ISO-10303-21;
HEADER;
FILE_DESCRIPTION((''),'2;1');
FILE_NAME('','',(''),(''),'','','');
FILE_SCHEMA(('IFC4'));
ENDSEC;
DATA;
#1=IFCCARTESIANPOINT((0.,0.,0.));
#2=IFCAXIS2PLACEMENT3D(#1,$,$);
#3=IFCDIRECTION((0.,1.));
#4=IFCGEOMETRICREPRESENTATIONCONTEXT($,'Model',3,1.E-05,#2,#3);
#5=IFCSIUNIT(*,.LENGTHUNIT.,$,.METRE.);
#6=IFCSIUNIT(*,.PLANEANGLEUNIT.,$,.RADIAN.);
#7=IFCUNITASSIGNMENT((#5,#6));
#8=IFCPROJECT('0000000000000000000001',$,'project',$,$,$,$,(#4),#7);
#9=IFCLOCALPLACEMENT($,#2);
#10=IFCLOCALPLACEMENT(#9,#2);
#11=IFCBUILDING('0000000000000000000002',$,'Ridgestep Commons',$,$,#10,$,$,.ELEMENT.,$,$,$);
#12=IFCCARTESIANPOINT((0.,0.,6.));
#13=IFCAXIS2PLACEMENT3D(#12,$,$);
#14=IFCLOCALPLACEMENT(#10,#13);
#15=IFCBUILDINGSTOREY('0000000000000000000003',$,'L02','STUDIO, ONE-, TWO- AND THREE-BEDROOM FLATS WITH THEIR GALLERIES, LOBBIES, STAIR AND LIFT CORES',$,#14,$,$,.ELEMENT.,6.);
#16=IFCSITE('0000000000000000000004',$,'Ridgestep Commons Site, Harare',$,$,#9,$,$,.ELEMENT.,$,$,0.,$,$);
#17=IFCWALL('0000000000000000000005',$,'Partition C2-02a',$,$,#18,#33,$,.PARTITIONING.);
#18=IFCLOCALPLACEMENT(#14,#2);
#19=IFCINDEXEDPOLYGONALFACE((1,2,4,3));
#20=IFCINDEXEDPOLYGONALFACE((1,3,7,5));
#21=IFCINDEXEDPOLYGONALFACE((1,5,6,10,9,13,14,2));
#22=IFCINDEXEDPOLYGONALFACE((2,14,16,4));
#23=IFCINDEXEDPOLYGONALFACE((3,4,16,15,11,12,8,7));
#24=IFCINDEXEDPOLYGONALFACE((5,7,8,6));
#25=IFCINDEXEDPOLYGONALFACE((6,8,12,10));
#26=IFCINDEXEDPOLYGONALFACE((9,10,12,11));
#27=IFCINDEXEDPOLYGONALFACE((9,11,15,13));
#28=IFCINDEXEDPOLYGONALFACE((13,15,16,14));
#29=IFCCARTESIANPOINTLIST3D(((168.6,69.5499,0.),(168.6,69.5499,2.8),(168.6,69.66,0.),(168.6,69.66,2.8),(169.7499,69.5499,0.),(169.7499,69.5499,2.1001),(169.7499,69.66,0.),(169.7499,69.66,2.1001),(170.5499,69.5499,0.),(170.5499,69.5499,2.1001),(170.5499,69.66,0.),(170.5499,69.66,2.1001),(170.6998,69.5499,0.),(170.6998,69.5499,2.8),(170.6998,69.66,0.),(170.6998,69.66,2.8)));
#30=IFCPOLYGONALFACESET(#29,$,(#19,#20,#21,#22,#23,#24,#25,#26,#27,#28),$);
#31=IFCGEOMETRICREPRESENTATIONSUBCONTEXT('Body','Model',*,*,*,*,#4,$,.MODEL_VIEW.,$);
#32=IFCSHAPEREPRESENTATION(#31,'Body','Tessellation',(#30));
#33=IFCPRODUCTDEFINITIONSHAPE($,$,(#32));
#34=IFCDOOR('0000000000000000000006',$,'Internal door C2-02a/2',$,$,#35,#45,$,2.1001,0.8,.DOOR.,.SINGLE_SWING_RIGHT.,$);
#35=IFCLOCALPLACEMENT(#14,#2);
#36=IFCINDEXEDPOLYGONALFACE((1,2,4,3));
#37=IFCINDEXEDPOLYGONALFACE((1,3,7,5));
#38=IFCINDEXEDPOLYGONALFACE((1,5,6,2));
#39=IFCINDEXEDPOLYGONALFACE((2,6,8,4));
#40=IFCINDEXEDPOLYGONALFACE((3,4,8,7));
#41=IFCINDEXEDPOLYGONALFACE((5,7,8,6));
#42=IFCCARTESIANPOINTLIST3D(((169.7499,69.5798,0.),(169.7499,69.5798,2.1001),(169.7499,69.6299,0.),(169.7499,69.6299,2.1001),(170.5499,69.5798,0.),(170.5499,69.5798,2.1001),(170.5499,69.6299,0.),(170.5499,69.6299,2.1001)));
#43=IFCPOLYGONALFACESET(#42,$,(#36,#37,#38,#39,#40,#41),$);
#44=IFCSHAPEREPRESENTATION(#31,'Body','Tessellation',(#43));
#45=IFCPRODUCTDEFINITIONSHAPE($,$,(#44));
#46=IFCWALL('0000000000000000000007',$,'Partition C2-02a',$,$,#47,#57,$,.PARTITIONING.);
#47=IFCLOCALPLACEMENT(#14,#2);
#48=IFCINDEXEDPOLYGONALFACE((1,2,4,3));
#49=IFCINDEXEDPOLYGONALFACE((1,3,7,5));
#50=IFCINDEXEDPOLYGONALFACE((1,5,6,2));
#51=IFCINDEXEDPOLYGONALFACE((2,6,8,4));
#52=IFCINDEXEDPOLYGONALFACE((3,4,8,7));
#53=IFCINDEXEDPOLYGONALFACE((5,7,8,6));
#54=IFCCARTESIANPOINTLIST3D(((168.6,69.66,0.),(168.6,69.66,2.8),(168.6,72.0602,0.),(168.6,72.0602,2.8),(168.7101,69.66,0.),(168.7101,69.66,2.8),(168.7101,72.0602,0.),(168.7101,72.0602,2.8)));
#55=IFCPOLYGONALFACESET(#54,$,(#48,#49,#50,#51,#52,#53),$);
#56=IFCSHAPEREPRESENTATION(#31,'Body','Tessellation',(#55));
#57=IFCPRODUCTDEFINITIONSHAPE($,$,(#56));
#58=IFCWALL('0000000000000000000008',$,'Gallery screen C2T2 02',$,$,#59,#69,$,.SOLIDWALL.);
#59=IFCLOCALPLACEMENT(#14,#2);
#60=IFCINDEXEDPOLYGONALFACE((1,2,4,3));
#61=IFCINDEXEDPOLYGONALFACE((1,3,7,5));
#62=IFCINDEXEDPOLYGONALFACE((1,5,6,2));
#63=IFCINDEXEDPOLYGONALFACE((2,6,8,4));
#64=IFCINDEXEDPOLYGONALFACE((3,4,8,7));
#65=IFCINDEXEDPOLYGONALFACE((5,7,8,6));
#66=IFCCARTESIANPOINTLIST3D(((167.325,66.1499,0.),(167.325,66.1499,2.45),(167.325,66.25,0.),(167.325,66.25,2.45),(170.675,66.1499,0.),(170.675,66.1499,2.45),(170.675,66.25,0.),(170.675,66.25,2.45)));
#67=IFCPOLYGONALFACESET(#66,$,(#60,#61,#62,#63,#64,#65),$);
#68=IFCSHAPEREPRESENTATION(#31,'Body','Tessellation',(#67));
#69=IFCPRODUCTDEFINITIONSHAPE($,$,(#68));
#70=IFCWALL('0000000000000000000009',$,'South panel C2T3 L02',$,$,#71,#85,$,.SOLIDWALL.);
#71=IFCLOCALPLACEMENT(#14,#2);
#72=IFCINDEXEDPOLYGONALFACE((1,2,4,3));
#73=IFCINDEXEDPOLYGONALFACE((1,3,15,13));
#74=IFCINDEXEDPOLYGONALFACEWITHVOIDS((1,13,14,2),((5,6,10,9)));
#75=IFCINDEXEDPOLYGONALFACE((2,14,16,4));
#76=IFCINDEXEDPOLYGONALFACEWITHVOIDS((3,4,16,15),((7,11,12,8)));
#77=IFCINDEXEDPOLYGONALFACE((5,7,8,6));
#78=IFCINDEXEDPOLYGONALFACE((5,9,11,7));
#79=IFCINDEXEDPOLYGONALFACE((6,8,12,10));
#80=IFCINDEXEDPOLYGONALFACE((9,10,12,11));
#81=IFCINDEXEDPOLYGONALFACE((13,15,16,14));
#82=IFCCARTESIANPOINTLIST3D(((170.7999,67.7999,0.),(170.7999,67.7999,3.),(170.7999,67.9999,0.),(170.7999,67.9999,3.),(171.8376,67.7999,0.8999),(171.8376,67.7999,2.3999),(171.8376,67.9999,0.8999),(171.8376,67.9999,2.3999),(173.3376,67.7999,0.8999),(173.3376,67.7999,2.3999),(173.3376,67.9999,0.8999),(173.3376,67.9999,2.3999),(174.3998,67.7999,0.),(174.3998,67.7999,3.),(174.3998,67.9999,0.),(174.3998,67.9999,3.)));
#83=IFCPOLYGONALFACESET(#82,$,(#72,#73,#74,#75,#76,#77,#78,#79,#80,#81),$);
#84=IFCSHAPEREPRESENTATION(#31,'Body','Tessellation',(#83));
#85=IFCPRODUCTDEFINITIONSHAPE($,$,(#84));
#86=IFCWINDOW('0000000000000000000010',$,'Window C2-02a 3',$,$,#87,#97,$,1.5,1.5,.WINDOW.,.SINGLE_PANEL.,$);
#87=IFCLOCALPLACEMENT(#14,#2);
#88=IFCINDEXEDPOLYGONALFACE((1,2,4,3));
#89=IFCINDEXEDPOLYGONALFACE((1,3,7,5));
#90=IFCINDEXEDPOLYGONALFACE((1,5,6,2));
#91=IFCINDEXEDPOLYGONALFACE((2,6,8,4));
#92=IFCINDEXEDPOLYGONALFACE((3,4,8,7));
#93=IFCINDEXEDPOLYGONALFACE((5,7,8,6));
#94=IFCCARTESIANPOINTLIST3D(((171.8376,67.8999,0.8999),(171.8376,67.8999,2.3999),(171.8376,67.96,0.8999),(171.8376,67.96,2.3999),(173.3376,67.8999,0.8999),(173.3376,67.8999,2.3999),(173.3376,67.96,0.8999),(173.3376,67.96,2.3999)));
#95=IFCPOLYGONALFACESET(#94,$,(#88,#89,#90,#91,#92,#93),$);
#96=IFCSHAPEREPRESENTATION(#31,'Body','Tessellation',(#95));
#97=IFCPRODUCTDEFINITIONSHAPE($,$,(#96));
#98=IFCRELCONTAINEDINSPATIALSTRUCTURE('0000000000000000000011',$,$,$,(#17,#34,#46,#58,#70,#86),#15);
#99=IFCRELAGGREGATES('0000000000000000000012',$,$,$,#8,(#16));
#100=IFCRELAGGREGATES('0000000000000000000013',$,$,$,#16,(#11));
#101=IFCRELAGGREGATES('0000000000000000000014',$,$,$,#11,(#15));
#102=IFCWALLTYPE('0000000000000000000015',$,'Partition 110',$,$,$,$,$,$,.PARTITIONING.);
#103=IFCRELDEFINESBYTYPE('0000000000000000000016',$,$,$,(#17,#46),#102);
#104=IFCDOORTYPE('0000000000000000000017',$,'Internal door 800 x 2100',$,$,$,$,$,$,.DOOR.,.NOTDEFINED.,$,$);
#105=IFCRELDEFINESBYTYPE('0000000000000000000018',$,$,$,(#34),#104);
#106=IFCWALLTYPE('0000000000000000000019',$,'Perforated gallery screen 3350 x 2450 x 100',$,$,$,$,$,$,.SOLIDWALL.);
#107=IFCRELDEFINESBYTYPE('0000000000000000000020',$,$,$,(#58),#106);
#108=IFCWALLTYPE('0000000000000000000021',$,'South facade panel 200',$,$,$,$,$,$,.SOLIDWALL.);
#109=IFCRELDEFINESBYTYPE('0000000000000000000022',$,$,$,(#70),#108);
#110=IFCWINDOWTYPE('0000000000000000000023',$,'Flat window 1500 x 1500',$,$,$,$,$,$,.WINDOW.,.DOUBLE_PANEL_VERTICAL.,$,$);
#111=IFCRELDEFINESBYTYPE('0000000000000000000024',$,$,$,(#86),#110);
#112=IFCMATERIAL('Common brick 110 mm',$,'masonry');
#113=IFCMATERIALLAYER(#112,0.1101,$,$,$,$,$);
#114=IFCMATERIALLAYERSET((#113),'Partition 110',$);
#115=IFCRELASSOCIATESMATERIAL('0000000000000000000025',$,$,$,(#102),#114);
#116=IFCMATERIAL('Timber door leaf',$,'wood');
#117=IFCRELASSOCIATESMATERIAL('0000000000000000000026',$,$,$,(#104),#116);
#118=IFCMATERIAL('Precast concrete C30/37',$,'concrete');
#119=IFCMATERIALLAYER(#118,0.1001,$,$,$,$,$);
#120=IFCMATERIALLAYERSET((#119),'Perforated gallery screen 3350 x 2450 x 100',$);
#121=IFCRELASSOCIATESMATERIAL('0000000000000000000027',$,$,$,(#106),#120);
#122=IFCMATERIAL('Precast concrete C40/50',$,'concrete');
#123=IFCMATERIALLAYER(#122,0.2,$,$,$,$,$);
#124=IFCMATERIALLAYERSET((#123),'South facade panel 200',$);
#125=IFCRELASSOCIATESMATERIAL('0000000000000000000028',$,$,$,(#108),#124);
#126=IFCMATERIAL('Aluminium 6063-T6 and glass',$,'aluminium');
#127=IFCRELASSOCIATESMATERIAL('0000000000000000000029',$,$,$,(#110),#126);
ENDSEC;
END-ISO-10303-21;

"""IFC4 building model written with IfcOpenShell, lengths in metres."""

from ifc_helpers import new_model, si_unit, direction, frame, frame_2d, origin, place, context, subcontext, project, spatial, rectangle, extrude, material, layer, layer_set, type_object, element, fill, save


model = new_model("IFC4")

# Units and contexts
model_context = context("Model", 3, precision=1e-05, world=origin(), true_north=direction((0.0, 1.0)))
body_context = subcontext(model_context, "Body", "Model", "MODEL_VIEW")
ifc_project = project(units=[si_unit("LENGTHUNIT", "METRE"), si_unit("PLANEANGLEUNIT", "RADIAN")], contexts=[model_context])

# Site, building, storey
site_placement = place(None, origin())
site = spatial("IfcSite", under=ifc_project, at=site_placement, Name="Ridgestep Commons Site, Harare", CompositionType="ELEMENT", RefElevation=0.0)
building_placement = place(site_placement, origin())
building = spatial("IfcBuilding", under=site, at=building_placement, Name="Ridgestep Commons", CompositionType="ELEMENT")
storey_placement = place(building_placement, frame((0.0, 0.0, 6.0)))
storey = spatial("IfcBuildingStorey", under=building, at=storey_placement, Name="L02", Description="STUDIO, ONE-, TWO- AND THREE-BEDROOM FLATS WITH THEIR GALLERIES, LOBBIES, STAIR AND LIFT CORES", CompositionType="ELEMENT", Elevation=6.0)

# Wall, opening, door
ifc_material_1 = material(Name="Common brick 110 mm", Category="masonry")
ifc_layer_1 = layer(ifc_material_1, 0.1101)
ifc_layer_set_1 = layer_set([ifc_layer_1], Name="Partition 110")
wall_type_1 = type_object("IfcWallType", Name="Partition 110", PredefinedType="PARTITIONING", material=ifc_layer_set_1)
wall_1_placement = place(storey_placement, frame((168.6001, 69.605, 0.0), z_axis=(0.0, 0.0, 1.0), x_axis=(1.0, 0.0, 0.0)))
wall_1 = element("IfcWall", 1, at=wall_1_placement, inside=storey, type_object=wall_type_1, Name="Partition C2-02a", PredefinedType="PARTITIONING", context=body_context, shape_type="SweptSolid", body=[
    extrude(rectangle(XDim=2.0999, YDim=0.1101, at=frame_2d((1.0498, 0.0))), origin(), (0.0, 0.0, 1.0), 2.8),
])
opening_1_placement = place(wall_1_placement, frame((1.1499, 0.0, 0.0)))
opening_1 = element("IfcOpeningElement", 2, at=opening_1_placement, cuts=wall_1, PredefinedType="OPENING", context=body_context, shape_type="SweptSolid", body=[
    extrude(rectangle(XDim=0.8, YDim=2.1001, at=frame_2d((0.3999, 1.05))), frame((0.0, 0.0649, 0.0), z_axis=(0.0, -1.0, 0.0), x_axis=(1.0, 0.0, 0.0)), (0.0, 0.0, 1.0), 0.1301),
])
ifc_material_2 = material(Name="Timber door leaf", Category="wood")
door_type_1 = type_object("IfcDoorType", Name="Internal door 800 x 2100", OperationType="NOTDEFINED", PredefinedType="DOOR", material=ifc_material_2)
door_1_placement = place(opening_1_placement, origin())
door_1 = element("IfcDoor", 3, at=door_1_placement, inside=storey, type_object=door_type_1, Name="Internal door C2-02a/2", OperationType="SINGLE_SWING_RIGHT", OverallHeight=2.1001, OverallWidth=0.8, PredefinedType="DOOR", context=body_context, shape_type="SweptSolid", body=[
    extrude(rectangle(XDim=0.8, YDim=2.1001, at=frame_2d((0.3999, 1.05))), frame((0.0, 0.0249, 0.0), z_axis=(0.0, -1.0, 0.0), x_axis=(1.0, 0.0, 0.0)), (0.0, 0.0, 1.0), 0.05),
])
fill(opening_1, door_1)

# Walls
wall_2_placement = place(storey_placement, frame((168.655, 69.6599, 0.0), z_axis=(0.0, 0.0, 1.0), x_axis=(0.0, 1.0, 0.0)))
element("IfcWall", 4, at=wall_2_placement, inside=storey, type_object=wall_type_1, Name="Partition C2-02a", PredefinedType="PARTITIONING", context=body_context, shape_type="SweptSolid", body=[
    extrude(rectangle(XDim=2.4001, YDim=0.1101, at=frame_2d((1.2002, 0.0))), origin(), (0.0, 0.0, 1.0), 2.8),
])
ifc_material_3 = material(Name="Precast concrete C30/37", Category="concrete")
ifc_layer_2 = layer(ifc_material_3, 0.1001)
ifc_layer_set_2 = layer_set([ifc_layer_2], Name="Perforated gallery screen 3350 x 2450 x 100")
wall_type_2 = type_object("IfcWallType", Name="Perforated gallery screen 3350 x 2450 x 100", PredefinedType="SOLIDWALL", material=ifc_layer_set_2)
wall_3_placement = place(storey_placement, frame((167.325, 66.2, 0.0), z_axis=(0.0, 0.0, 1.0), x_axis=(1.0, 0.0, 0.0)))
element("IfcWall", 5, at=wall_3_placement, inside=storey, type_object=wall_type_2, Name="Gallery screen C2T2 02", PredefinedType="SOLIDWALL", context=body_context, shape_type="SweptSolid", body=[
    extrude(rectangle(XDim=3.3501, YDim=0.1001, at=frame_2d((1.675, 0.0))), origin(), (0.0, 0.0, 1.0), 2.45),
])

# Wall, opening, window
ifc_material_4 = material(Name="Precast concrete C40/50", Category="concrete")
ifc_layer_3 = layer(ifc_material_4, 0.2)
ifc_layer_set_3 = layer_set([ifc_layer_3], Name="South facade panel 200")
wall_type_3 = type_object("IfcWallType", Name="South facade panel 200", PredefinedType="SOLIDWALL", material=ifc_layer_set_3)
wall_4_placement = place(storey_placement, frame((170.8, 67.8999, 0.0), z_axis=(0.0, 0.0, 1.0), x_axis=(1.0, 0.0, 0.0)))
wall_4 = element("IfcWall", 6, at=wall_4_placement, inside=storey, type_object=wall_type_3, Name="South panel C2T3 L02", PredefinedType="SOLIDWALL", context=body_context, shape_type="SweptSolid", body=[
    extrude(rectangle(XDim=3.5999, YDim=0.2, at=frame_2d((1.7998, 0.0))), origin(), (0.0, 0.0, 1.0), 3.0),
])
opening_2_placement = place(wall_4_placement, frame((1.0376, 0.0, 0.8999)))
opening_2 = element("IfcOpeningElement", 7, at=opening_2_placement, cuts=wall_4, PredefinedType="OPENING", context=body_context, shape_type="SweptSolid", body=[
    extrude(rectangle(XDim=1.5, YDim=1.5, at=frame_2d((0.75, 0.75))), frame((0.0, 0.1099, 0.0), z_axis=(0.0, -1.0, 0.0), x_axis=(1.0, 0.0, 0.0)), (0.0, 0.0, 1.0), 0.22),
])
ifc_material_5 = material(Name="Aluminium 6063-T6 and glass", Category="aluminium")
window_type = type_object("IfcWindowType", Name="Flat window 1500 x 1500", PartitioningType="DOUBLE_PANEL_VERTICAL", PredefinedType="WINDOW", material=ifc_material_5)
window_placement = place(opening_2_placement, origin())
window = element("IfcWindow", 8, at=window_placement, inside=storey, type_object=window_type, Name="Window C2-02a 3", OverallHeight=1.5, OverallWidth=1.5, PartitioningType="SINGLE_PANEL", PredefinedType="WINDOW", context=body_context, shape_type="SweptSolid", body=[
    extrude(rectangle(XDim=1.5, YDim=1.5, at=frame_2d((0.75, 0.75))), frame((0.0, 0.0601, 0.0), z_axis=(0.0, -1.0, 0.0), x_axis=(1.0, 0.0, 0.0)), (0.0, 0.0, 1.0), 0.0601),
])
fill(opening_2, window)

save(model, "model.ifc")
